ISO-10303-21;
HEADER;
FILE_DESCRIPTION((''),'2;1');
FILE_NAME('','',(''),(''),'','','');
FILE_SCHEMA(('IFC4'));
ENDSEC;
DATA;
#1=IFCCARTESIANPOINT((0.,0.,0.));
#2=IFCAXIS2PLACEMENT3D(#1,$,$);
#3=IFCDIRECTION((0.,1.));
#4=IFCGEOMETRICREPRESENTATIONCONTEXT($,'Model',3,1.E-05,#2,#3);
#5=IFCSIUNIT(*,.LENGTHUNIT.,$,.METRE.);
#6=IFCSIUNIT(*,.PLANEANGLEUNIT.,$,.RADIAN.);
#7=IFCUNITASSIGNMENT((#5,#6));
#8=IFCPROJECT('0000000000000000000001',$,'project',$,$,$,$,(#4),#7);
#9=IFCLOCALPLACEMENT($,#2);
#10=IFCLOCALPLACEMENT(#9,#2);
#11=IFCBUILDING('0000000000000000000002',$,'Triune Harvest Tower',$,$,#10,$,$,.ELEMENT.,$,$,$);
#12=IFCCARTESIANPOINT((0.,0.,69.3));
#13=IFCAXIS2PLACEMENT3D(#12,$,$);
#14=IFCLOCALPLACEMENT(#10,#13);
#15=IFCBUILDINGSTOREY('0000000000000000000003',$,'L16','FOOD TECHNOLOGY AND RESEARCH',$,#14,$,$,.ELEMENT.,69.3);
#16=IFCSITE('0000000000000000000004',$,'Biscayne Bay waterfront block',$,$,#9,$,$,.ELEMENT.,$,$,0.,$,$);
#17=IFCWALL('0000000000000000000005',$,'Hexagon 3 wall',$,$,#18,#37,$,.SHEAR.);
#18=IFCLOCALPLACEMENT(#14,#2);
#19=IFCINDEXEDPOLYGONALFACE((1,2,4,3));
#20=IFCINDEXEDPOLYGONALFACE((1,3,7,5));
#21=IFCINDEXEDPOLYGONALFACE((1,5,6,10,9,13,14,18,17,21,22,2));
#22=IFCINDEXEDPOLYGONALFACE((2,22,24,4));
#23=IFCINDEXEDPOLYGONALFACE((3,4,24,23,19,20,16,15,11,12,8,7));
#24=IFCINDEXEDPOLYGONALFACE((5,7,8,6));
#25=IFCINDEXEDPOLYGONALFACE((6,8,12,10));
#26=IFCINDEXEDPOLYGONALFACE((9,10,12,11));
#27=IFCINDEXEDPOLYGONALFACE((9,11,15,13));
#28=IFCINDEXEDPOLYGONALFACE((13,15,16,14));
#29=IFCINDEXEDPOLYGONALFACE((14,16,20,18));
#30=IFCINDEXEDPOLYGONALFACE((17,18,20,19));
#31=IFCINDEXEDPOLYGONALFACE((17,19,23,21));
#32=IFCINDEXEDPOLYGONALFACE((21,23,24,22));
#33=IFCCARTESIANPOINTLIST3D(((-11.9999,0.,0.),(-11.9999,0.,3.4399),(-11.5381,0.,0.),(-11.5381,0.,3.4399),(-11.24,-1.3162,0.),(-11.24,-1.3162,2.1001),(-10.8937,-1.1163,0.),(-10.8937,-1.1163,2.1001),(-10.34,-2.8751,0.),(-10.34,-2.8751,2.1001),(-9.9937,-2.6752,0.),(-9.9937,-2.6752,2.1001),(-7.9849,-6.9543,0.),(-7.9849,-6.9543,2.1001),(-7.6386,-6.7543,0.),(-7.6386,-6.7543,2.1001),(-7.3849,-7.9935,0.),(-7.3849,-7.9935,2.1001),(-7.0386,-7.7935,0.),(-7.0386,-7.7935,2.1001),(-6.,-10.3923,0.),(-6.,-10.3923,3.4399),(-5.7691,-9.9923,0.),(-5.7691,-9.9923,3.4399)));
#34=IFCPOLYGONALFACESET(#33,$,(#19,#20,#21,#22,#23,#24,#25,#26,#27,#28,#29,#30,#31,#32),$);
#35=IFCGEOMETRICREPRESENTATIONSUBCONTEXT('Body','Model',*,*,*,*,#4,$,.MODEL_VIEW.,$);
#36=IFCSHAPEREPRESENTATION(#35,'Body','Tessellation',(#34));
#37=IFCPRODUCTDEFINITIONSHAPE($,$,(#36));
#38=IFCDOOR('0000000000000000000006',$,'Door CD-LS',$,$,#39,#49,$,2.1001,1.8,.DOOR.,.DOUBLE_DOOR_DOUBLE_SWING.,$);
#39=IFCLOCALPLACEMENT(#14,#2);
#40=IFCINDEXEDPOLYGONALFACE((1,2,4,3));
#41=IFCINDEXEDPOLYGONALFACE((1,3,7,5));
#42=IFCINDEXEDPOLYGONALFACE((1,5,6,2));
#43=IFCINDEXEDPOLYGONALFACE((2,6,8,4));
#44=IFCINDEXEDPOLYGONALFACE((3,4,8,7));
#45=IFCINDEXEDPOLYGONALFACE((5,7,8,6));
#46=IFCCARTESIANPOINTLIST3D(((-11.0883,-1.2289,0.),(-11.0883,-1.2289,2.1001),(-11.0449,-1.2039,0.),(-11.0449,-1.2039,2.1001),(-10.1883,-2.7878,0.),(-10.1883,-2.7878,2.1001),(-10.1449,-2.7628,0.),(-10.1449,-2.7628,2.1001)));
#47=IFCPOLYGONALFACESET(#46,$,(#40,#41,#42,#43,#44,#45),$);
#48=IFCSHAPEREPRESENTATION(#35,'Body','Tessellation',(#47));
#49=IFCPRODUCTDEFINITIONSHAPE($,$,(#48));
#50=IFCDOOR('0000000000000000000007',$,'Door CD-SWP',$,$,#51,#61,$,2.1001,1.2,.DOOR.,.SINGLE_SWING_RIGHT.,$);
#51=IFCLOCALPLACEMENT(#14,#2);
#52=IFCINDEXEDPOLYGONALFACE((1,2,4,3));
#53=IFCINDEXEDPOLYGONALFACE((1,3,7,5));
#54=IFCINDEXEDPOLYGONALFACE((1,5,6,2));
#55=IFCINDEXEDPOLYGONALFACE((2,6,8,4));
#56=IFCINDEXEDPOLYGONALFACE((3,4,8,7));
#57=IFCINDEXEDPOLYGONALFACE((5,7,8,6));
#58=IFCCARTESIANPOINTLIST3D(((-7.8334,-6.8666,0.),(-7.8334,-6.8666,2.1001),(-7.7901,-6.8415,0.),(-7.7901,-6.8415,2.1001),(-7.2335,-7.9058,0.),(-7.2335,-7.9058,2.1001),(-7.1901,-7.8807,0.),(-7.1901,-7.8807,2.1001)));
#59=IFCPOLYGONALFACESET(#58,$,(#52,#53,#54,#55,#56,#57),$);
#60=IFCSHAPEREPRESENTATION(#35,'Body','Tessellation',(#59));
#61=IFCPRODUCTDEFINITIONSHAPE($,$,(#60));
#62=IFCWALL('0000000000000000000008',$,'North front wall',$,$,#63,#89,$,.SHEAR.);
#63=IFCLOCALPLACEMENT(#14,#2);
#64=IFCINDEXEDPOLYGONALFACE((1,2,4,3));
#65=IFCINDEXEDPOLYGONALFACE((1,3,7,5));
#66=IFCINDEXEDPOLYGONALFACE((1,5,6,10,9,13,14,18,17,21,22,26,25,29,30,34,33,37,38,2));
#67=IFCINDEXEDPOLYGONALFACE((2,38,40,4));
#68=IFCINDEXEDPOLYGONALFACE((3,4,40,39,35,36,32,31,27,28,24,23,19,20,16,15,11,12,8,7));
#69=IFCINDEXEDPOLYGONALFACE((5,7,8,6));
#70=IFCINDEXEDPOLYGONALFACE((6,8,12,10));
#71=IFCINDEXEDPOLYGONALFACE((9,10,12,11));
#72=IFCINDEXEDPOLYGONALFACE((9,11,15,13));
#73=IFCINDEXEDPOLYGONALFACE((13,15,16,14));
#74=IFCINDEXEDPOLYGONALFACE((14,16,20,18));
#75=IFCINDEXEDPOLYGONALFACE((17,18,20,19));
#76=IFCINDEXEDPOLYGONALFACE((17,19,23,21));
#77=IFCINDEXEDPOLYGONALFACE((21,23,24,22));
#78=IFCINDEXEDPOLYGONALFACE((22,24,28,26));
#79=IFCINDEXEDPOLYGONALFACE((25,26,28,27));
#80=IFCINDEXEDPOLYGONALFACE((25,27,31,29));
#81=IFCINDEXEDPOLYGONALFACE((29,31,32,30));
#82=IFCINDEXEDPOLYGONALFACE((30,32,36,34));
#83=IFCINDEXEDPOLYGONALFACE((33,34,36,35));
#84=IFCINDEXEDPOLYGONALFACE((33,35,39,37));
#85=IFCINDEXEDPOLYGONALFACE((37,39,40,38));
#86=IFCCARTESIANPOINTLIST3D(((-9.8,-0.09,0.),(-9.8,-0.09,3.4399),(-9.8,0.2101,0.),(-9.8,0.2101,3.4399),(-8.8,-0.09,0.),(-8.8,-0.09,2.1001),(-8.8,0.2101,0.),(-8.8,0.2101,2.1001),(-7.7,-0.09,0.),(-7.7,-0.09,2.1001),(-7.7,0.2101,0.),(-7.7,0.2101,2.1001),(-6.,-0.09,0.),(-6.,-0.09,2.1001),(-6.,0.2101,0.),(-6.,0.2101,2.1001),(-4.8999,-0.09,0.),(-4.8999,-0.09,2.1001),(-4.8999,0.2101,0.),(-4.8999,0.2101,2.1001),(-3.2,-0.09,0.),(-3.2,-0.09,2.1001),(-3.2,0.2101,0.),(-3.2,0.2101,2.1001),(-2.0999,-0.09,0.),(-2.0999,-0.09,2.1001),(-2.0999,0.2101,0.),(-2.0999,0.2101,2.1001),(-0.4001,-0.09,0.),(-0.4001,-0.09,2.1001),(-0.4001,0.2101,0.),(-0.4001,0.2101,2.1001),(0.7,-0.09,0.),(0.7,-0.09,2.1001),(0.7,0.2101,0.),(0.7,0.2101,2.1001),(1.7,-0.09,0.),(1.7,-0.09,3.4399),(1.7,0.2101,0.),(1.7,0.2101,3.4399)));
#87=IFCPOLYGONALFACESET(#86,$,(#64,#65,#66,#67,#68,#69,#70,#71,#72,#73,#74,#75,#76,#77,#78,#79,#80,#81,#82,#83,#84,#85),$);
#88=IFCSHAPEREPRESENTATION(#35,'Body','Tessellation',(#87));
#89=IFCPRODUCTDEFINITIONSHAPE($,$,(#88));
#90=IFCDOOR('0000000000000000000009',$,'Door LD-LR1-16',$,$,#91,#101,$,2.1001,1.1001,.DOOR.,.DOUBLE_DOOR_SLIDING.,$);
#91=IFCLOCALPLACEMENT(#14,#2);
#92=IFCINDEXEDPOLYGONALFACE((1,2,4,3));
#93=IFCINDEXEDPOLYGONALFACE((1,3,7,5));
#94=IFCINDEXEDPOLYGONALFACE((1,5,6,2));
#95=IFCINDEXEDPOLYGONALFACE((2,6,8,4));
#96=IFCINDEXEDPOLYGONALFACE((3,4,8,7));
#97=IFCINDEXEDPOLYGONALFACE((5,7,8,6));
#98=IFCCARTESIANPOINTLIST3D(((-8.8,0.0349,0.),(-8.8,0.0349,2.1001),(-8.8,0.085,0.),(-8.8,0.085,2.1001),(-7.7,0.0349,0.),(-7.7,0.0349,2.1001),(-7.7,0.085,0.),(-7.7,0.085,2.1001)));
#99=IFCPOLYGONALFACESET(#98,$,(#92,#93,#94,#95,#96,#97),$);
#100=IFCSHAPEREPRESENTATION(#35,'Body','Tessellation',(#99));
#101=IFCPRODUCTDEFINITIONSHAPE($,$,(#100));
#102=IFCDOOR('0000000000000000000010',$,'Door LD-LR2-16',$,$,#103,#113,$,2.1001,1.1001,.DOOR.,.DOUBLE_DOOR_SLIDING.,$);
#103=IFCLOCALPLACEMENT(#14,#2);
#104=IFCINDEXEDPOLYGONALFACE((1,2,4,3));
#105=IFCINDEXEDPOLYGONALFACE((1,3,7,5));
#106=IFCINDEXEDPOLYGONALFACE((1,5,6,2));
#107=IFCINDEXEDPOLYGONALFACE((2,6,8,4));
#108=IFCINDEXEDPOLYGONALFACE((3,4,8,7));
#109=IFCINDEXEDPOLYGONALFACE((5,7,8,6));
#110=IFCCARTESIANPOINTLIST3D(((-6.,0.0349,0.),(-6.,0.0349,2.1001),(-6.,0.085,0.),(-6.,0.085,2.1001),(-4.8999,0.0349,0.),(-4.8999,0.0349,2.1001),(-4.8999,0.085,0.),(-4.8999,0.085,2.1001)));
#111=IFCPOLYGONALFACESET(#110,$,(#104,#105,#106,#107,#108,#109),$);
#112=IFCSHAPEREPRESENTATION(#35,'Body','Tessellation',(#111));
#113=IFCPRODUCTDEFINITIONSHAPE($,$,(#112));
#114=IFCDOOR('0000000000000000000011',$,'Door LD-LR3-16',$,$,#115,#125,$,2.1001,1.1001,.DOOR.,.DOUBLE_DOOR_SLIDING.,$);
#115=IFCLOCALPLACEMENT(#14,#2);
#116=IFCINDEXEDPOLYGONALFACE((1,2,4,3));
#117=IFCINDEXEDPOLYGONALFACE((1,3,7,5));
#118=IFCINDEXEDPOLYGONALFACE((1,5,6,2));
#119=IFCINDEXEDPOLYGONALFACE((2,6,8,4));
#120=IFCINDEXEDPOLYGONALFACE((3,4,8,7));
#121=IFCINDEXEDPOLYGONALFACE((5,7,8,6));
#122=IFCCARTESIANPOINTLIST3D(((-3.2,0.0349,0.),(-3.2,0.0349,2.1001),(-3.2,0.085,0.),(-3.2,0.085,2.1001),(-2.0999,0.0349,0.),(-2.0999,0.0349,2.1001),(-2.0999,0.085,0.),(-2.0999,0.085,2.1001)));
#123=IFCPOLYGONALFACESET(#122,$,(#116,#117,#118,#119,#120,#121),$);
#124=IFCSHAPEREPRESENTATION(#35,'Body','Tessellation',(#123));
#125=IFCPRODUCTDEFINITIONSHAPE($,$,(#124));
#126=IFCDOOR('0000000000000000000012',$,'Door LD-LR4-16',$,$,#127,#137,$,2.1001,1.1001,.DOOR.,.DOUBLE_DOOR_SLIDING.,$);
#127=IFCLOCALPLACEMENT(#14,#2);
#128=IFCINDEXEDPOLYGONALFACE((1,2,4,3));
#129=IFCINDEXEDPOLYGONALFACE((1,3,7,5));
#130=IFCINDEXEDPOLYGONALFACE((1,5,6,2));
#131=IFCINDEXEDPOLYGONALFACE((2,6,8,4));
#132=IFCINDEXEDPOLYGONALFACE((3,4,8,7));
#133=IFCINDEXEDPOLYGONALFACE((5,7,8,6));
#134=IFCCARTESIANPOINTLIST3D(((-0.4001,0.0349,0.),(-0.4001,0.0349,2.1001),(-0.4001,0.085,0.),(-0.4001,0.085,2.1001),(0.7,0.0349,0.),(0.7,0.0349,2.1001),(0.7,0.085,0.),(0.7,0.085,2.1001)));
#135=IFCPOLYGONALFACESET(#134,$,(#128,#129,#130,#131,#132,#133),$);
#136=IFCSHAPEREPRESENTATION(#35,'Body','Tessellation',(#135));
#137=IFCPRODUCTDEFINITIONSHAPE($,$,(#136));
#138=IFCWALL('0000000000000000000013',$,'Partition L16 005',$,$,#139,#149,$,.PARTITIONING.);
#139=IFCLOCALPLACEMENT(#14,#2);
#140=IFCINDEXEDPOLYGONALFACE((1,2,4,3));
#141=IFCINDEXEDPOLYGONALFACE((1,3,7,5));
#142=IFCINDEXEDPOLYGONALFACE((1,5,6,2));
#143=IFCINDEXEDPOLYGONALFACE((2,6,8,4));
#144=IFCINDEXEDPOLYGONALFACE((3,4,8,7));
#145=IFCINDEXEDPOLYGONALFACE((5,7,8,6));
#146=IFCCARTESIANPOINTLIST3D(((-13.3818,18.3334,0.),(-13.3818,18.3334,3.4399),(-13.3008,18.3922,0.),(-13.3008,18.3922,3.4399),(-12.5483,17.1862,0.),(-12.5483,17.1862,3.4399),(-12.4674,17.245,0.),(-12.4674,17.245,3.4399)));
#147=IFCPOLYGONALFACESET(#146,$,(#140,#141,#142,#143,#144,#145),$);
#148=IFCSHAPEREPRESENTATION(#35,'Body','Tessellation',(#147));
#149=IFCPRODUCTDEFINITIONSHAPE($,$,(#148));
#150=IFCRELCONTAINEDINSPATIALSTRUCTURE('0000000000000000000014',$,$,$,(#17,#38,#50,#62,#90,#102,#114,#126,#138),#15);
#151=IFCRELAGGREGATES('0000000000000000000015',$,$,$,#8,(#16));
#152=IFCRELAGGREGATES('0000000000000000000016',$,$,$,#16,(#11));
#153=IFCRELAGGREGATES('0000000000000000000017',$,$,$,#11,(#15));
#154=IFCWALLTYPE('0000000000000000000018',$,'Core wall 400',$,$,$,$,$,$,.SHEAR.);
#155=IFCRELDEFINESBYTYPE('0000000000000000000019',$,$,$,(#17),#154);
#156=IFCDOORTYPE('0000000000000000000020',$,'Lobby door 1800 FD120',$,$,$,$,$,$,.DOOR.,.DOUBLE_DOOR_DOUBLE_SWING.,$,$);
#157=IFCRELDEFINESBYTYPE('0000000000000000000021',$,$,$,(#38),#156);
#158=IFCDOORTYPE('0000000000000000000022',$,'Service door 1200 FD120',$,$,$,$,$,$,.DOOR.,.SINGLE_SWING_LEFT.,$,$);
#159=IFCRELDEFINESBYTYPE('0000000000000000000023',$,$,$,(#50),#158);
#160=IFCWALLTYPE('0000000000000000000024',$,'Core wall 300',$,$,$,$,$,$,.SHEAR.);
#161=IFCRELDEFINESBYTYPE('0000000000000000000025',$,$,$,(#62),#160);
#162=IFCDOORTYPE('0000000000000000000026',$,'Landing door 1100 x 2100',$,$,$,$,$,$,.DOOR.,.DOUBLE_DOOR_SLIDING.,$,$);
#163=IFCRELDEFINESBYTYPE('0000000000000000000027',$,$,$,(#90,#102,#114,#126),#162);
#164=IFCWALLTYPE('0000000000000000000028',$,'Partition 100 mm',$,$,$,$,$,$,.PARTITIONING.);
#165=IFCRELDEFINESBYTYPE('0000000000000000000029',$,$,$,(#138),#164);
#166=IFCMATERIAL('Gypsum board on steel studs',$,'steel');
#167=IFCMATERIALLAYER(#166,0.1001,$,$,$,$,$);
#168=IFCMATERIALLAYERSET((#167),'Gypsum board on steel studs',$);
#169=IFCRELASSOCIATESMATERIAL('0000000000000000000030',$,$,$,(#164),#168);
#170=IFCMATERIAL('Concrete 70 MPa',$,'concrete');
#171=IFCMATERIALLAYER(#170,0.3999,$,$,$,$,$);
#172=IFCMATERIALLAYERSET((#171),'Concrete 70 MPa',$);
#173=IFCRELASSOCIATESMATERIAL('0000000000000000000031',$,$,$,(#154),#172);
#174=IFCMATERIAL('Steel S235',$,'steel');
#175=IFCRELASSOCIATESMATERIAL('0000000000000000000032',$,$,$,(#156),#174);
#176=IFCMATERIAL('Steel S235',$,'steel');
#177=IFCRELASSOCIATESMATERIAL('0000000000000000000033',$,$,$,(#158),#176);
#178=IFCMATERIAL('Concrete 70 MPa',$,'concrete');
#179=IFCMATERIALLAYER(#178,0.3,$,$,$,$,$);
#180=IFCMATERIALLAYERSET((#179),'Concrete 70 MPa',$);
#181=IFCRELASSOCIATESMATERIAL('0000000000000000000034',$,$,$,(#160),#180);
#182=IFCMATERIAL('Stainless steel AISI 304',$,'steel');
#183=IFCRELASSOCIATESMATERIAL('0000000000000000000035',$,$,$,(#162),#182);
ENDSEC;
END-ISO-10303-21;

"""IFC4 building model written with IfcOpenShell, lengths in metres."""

from ifc_helpers import new_model, si_unit, direction, frame, frame_2d, origin, place, context, subcontext, project, spatial, polyline, rectangle, outline, extrude, source, transform, mapped, material, layer, layer_set, type_object, element, fill, save


model = new_model("IFC4")

# Units and contexts
model_context = context("Model", 3, precision=1e-05, world=origin(), true_north=direction((0.0, 1.0)))
body_context = subcontext(model_context, "Body", "Model", "MODEL_VIEW")
ifc_project = project(units=[si_unit("LENGTHUNIT", "METRE"), si_unit("PLANEANGLEUNIT", "RADIAN")], contexts=[model_context])

# Site, building, storey
site_placement = place(None, origin())
site = spatial("IfcSite", under=ifc_project, at=site_placement, Name="Biscayne Bay waterfront block", CompositionType="ELEMENT", RefElevation=0.0)
building_placement = place(site_placement, origin())
building = spatial("IfcBuilding", under=site, at=building_placement, Name="Triune Harvest Tower", CompositionType="ELEMENT")
storey_placement = place(building_placement, frame((0.0, 0.0, 69.3)))
storey = spatial("IfcBuildingStorey", under=building, at=storey_placement, Name="L16", Description="FOOD TECHNOLOGY AND RESEARCH", CompositionType="ELEMENT", Elevation=69.3)

# Shared definitions
ifc_material_1 = material(Name="Gypsum board on steel studs", Category="steel")
ifc_layer_1 = layer(ifc_material_1, 0.1001)
ifc_layer_set_1 = layer_set([ifc_layer_1], Name="Gypsum board on steel studs")
wall_type_1 = type_object("IfcWallType", Name="Partition 100 mm", PredefinedType="PARTITIONING", material=ifc_layer_set_1)

# Walls, openings, doors
ifc_material_2 = material(Name="Concrete 70 MPa", Category="concrete")
ifc_layer_2 = layer(ifc_material_2, 0.3999)
ifc_layer_set_2 = layer_set([ifc_layer_2], Name="Concrete 70 MPa")
wall_type_2 = type_object("IfcWallType", Name="Core wall 400", PredefinedType="SHEAR", material=ifc_layer_set_2)
shared_shape_1 = source(origin(), body_context, "Body", "SweptSolid", [
    extrude(outline(polyline([(-0.1155, -0.2), (11.8845, -0.2), (11.6536, 0.2), (0.1155, 0.2), (-0.1155, -0.2)])), origin(), (0.0, 0.0, 1.0), 3.4399),
])
wall_1_placement = place(storey_placement, frame((-11.769, 0.0, 0.0), z_axis=(0.0, 0.0, 1.0), x_axis=(0.499997, -0.866027, 0.0)))
wall_1 = element("IfcWall", 1, at=wall_1_placement, inside=storey, type_object=wall_type_2, Name="Hexagon 3 wall", PredefinedType="SHEAR", context=body_context, shape_type="MappedRepresentation", body=[
    mapped(shared_shape_1, transform((0.0, 0.0, 0.0), scale=1.0)),
])
opening_1_placement = place(wall_1_placement, frame((1.4045, 0.0, 0.0)))
opening_1 = element("IfcOpeningElement", 2, at=opening_1_placement, cuts=wall_1, PredefinedType="OPENING", context=body_context, shape_type="SweptSolid", body=[
    extrude(rectangle(XDim=1.8, YDim=2.1001, at=frame_2d((0.8999, 1.05))), frame((0.0, 0.21, 0.0), z_axis=(0.0, -1.0, 0.0), x_axis=(1.0, 0.0, 0.0)), (0.0, 0.0, 1.0), 0.4199),
])
opening_2_placement = place(wall_1_placement, frame((7.9146, 0.0, 0.0)))
opening_2 = element("IfcOpeningElement", 3, at=opening_2_placement, cuts=wall_1, PredefinedType="OPENING", context=body_context, shape_type="SweptSolid", body=[
    extrude(rectangle(XDim=1.2, YDim=2.1001, at=frame_2d((0.6001, 1.05))), frame((0.0, 0.21, 0.0), z_axis=(0.0, -1.0, 0.0), x_axis=(1.0, 0.0, 0.0)), (0.0, 0.0, 1.0), 0.4199),
])
ifc_material_3 = material(Name="Steel S235", Category="steel")
door_type_1 = type_object("IfcDoorType", Name="Lobby door 1800 FD120", OperationType="DOUBLE_DOOR_DOUBLE_SWING", PredefinedType="DOOR", material=ifc_material_3)
door_1_placement = place(opening_1_placement, frame((1.8, 0.0, 0.0), z_axis=(0.0, 0.0, 1.0), x_axis=(-1.0, 0.0, 0.0)))
door_1 = element("IfcDoor", 4, at=door_1_placement, inside=storey, type_object=door_type_1, Name="Door CD-LS", OperationType="DOUBLE_DOOR_DOUBLE_SWING", OverallHeight=2.1001, OverallWidth=1.8, PredefinedType="DOOR", context=body_context, shape_type="SweptSolid", body=[
    extrude(rectangle(XDim=1.8, YDim=2.1001, at=frame_2d((0.8999, 1.05))), frame((0.0, 0.0249, 0.0), z_axis=(0.0, -1.0, 0.0), x_axis=(1.0, 0.0, 0.0)), (0.0, 0.0, 1.0), 0.05),
])
fill(opening_1, door_1)
ifc_material_4 = material(Name="Steel S235", Category="steel")
door_type_2 = type_object("IfcDoorType", Name="Service door 1200 FD120", OperationType="SINGLE_SWING_LEFT", PredefinedType="DOOR", material=ifc_material_4)
door_2_placement = place(opening_2_placement, frame((1.2, 0.0, 0.0), z_axis=(0.0, 0.0, 1.0), x_axis=(-1.0, 0.0, 0.0)))
door_2 = element("IfcDoor", 5, at=door_2_placement, inside=storey, type_object=door_type_2, Name="Door CD-SWP", OperationType="SINGLE_SWING_RIGHT", OverallHeight=2.1001, OverallWidth=1.2, PredefinedType="DOOR", context=body_context, shape_type="SweptSolid", body=[
    extrude(rectangle(XDim=1.2, YDim=2.1001, at=frame_2d((0.6001, 1.05))), frame((0.0, 0.0249, 0.0), z_axis=(0.0, -1.0, 0.0), x_axis=(1.0, 0.0, 0.0)), (0.0, 0.0, 1.0), 0.05),
])
fill(opening_2, door_2)
ifc_material_5 = material(Name="Concrete 70 MPa", Category="concrete")
ifc_layer_3 = layer(ifc_material_5, 0.3)
ifc_layer_set_3 = layer_set([ifc_layer_3], Name="Concrete 70 MPa")
wall_type_3 = type_object("IfcWallType", Name="Core wall 300", PredefinedType="SHEAR", material=ifc_layer_set_3)
shared_shape_2 = source(origin(), body_context, "Body", "SweptSolid", [
    extrude(rectangle(XDim=11.5, YDim=0.3, at=frame_2d((5.75, 0.0))), origin(), (0.0, 0.0, 1.0), 3.4399),
])
wall_2_placement = place(storey_placement, frame((-9.8, 0.0601, 0.0), z_axis=(0.0, 0.0, 1.0), x_axis=(1.0, 0.0, 0.0)))
wall_2 = element("IfcWall", 6, at=wall_2_placement, inside=storey, type_object=wall_type_3, Name="North front wall", PredefinedType="SHEAR", context=body_context, shape_type="MappedRepresentation", body=[
    mapped(shared_shape_2, transform((0.0, 0.0, 0.0), scale=1.0)),
])
opening_3_placement = place(wall_2_placement, frame((1.0, 0.0, 0.0)))
opening_3 = element("IfcOpeningElement", 7, at=opening_3_placement, cuts=wall_2, PredefinedType="OPENING", context=body_context, shape_type="SweptSolid", body=[
    extrude(rectangle(XDim=1.1001, YDim=2.1001, at=frame_2d((0.55, 1.05))), frame((0.0, 0.1602, 0.0), z_axis=(0.0, -1.0, 0.0), x_axis=(1.0, 0.0, 0.0)), (0.0, 0.0, 1.0), 0.3201),
])
opening_4_placement = place(wall_2_placement, frame((3.8, 0.0, 0.0)))
opening_4 = element("IfcOpeningElement", 8, at=opening_4_placement, cuts=wall_2, PredefinedType="OPENING", context=body_context, shape_type="SweptSolid", body=[
    extrude(rectangle(XDim=1.1001, YDim=2.1001, at=frame_2d((0.55, 1.05))), frame((0.0, 0.1602, 0.0), z_axis=(0.0, -1.0, 0.0), x_axis=(1.0, 0.0, 0.0)), (0.0, 0.0, 1.0), 0.3201),
])
opening_5_placement = place(wall_2_placement, frame((6.6001, 0.0, 0.0)))
opening_5 = element("IfcOpeningElement", 9, at=opening_5_placement, cuts=wall_2, PredefinedType="OPENING", context=body_context, shape_type="SweptSolid", body=[
    extrude(rectangle(XDim=1.1001, YDim=2.1001, at=frame_2d((0.55, 1.05))), frame((0.0, 0.1602, 0.0), z_axis=(0.0, -1.0, 0.0), x_axis=(1.0, 0.0, 0.0)), (0.0, 0.0, 1.0), 0.3201),
])
opening_6_placement = place(wall_2_placement, frame((9.3999, 0.0, 0.0)))
opening_6 = element("IfcOpeningElement", 10, at=opening_6_placement, cuts=wall_2, PredefinedType="OPENING", context=body_context, shape_type="SweptSolid", body=[
    extrude(rectangle(XDim=1.1001, YDim=2.1001, at=frame_2d((0.55, 1.05))), frame((0.0, 0.1602, 0.0), z_axis=(0.0, -1.0, 0.0), x_axis=(1.0, 0.0, 0.0)), (0.0, 0.0, 1.0), 0.3201),
])
ifc_material_6 = material(Name="Stainless steel AISI 304", Category="steel")
door_type_3 = type_object("IfcDoorType", Name="Landing door 1100 x 2100", OperationType="DOUBLE_DOOR_SLIDING", PredefinedType="DOOR", material=ifc_material_6)
door_3_placement = place(opening_3_placement, origin())
door_3 = element("IfcDoor", 11, at=door_3_placement, inside=storey, type_object=door_type_3, Name="Door LD-LR1-16", OperationType="DOUBLE_DOOR_SLIDING", OverallHeight=2.1001, OverallWidth=1.1001, PredefinedType="DOOR", context=body_context, shape_type="SweptSolid", body=[
    extrude(rectangle(XDim=1.1001, YDim=2.1001, at=frame_2d((0.55, 1.05))), frame((0.0, 0.0249, 0.0), z_axis=(0.0, -1.0, 0.0), x_axis=(1.0, 0.0, 0.0)), (0.0, 0.0, 1.0), 0.05),
])
fill(opening_3, door_3)
door_4_placement = place(opening_4_placement, origin())
door_4 = element("IfcDoor", 12, at=door_4_placement, inside=storey, type_object=door_type_3, Name="Door LD-LR2-16", OperationType="DOUBLE_DOOR_SLIDING", OverallHeight=2.1001, OverallWidth=1.1001, PredefinedType="DOOR", context=body_context, shape_type="SweptSolid", body=[
    extrude(rectangle(XDim=1.1001, YDim=2.1001, at=frame_2d((0.55, 1.05))), frame((0.0, 0.0249, 0.0), z_axis=(0.0, -1.0, 0.0), x_axis=(1.0, 0.0, 0.0)), (0.0, 0.0, 1.0), 0.05),
])
fill(opening_4, door_4)
door_5_placement = place(opening_5_placement, origin())
door_5 = element("IfcDoor", 13, at=door_5_placement, inside=storey, type_object=door_type_3, Name="Door LD-LR3-16", OperationType="DOUBLE_DOOR_SLIDING", OverallHeight=2.1001, OverallWidth=1.1001, PredefinedType="DOOR", context=body_context, shape_type="SweptSolid", body=[
    extrude(rectangle(XDim=1.1001, YDim=2.1001, at=frame_2d((0.55, 1.05))), frame((0.0, 0.0249, 0.0), z_axis=(0.0, -1.0, 0.0), x_axis=(1.0, 0.0, 0.0)), (0.0, 0.0, 1.0), 0.05),
])
fill(opening_5, door_5)
door_6_placement = place(opening_6_placement, origin())
door_6 = element("IfcDoor", 14, at=door_6_placement, inside=storey, type_object=door_type_3, Name="Door LD-LR4-16", OperationType="DOUBLE_DOOR_SLIDING", OverallHeight=2.1001, OverallWidth=1.1001, PredefinedType="DOOR", context=body_context, shape_type="SweptSolid", body=[
    extrude(rectangle(XDim=1.1001, YDim=2.1001, at=frame_2d((0.55, 1.05))), frame((0.0, 0.0249, 0.0), z_axis=(0.0, -1.0, 0.0), x_axis=(1.0, 0.0, 0.0)), (0.0, 0.0, 1.0), 0.05),
])
fill(opening_6, door_6)

# Wall
shared_shape_3 = source(origin(), body_context, "Body", "SweptSolid", [
    extrude(rectangle(XDim=1.418, YDim=0.1001, at=frame_2d((0.709, 0.0))), origin(), (0.0, 0.0, 1.0), 3.4399),
])
wall_3_placement = place(storey_placement, frame((-13.3413, 18.3628, 0.0), z_axis=(0.0, 0.0, 1.0), x_axis=(0.587783, -0.809019, 0.0)))
element("IfcWall", 15, at=wall_3_placement, inside=storey, type_object=wall_type_1, Name="Partition L16 005", PredefinedType="PARTITIONING", context=body_context, shape_type="MappedRepresentation", body=[
    mapped(shared_shape_3, transform((0.0, 0.0, 0.0), scale=1.0)),
])

save(model, "model.ifc")
